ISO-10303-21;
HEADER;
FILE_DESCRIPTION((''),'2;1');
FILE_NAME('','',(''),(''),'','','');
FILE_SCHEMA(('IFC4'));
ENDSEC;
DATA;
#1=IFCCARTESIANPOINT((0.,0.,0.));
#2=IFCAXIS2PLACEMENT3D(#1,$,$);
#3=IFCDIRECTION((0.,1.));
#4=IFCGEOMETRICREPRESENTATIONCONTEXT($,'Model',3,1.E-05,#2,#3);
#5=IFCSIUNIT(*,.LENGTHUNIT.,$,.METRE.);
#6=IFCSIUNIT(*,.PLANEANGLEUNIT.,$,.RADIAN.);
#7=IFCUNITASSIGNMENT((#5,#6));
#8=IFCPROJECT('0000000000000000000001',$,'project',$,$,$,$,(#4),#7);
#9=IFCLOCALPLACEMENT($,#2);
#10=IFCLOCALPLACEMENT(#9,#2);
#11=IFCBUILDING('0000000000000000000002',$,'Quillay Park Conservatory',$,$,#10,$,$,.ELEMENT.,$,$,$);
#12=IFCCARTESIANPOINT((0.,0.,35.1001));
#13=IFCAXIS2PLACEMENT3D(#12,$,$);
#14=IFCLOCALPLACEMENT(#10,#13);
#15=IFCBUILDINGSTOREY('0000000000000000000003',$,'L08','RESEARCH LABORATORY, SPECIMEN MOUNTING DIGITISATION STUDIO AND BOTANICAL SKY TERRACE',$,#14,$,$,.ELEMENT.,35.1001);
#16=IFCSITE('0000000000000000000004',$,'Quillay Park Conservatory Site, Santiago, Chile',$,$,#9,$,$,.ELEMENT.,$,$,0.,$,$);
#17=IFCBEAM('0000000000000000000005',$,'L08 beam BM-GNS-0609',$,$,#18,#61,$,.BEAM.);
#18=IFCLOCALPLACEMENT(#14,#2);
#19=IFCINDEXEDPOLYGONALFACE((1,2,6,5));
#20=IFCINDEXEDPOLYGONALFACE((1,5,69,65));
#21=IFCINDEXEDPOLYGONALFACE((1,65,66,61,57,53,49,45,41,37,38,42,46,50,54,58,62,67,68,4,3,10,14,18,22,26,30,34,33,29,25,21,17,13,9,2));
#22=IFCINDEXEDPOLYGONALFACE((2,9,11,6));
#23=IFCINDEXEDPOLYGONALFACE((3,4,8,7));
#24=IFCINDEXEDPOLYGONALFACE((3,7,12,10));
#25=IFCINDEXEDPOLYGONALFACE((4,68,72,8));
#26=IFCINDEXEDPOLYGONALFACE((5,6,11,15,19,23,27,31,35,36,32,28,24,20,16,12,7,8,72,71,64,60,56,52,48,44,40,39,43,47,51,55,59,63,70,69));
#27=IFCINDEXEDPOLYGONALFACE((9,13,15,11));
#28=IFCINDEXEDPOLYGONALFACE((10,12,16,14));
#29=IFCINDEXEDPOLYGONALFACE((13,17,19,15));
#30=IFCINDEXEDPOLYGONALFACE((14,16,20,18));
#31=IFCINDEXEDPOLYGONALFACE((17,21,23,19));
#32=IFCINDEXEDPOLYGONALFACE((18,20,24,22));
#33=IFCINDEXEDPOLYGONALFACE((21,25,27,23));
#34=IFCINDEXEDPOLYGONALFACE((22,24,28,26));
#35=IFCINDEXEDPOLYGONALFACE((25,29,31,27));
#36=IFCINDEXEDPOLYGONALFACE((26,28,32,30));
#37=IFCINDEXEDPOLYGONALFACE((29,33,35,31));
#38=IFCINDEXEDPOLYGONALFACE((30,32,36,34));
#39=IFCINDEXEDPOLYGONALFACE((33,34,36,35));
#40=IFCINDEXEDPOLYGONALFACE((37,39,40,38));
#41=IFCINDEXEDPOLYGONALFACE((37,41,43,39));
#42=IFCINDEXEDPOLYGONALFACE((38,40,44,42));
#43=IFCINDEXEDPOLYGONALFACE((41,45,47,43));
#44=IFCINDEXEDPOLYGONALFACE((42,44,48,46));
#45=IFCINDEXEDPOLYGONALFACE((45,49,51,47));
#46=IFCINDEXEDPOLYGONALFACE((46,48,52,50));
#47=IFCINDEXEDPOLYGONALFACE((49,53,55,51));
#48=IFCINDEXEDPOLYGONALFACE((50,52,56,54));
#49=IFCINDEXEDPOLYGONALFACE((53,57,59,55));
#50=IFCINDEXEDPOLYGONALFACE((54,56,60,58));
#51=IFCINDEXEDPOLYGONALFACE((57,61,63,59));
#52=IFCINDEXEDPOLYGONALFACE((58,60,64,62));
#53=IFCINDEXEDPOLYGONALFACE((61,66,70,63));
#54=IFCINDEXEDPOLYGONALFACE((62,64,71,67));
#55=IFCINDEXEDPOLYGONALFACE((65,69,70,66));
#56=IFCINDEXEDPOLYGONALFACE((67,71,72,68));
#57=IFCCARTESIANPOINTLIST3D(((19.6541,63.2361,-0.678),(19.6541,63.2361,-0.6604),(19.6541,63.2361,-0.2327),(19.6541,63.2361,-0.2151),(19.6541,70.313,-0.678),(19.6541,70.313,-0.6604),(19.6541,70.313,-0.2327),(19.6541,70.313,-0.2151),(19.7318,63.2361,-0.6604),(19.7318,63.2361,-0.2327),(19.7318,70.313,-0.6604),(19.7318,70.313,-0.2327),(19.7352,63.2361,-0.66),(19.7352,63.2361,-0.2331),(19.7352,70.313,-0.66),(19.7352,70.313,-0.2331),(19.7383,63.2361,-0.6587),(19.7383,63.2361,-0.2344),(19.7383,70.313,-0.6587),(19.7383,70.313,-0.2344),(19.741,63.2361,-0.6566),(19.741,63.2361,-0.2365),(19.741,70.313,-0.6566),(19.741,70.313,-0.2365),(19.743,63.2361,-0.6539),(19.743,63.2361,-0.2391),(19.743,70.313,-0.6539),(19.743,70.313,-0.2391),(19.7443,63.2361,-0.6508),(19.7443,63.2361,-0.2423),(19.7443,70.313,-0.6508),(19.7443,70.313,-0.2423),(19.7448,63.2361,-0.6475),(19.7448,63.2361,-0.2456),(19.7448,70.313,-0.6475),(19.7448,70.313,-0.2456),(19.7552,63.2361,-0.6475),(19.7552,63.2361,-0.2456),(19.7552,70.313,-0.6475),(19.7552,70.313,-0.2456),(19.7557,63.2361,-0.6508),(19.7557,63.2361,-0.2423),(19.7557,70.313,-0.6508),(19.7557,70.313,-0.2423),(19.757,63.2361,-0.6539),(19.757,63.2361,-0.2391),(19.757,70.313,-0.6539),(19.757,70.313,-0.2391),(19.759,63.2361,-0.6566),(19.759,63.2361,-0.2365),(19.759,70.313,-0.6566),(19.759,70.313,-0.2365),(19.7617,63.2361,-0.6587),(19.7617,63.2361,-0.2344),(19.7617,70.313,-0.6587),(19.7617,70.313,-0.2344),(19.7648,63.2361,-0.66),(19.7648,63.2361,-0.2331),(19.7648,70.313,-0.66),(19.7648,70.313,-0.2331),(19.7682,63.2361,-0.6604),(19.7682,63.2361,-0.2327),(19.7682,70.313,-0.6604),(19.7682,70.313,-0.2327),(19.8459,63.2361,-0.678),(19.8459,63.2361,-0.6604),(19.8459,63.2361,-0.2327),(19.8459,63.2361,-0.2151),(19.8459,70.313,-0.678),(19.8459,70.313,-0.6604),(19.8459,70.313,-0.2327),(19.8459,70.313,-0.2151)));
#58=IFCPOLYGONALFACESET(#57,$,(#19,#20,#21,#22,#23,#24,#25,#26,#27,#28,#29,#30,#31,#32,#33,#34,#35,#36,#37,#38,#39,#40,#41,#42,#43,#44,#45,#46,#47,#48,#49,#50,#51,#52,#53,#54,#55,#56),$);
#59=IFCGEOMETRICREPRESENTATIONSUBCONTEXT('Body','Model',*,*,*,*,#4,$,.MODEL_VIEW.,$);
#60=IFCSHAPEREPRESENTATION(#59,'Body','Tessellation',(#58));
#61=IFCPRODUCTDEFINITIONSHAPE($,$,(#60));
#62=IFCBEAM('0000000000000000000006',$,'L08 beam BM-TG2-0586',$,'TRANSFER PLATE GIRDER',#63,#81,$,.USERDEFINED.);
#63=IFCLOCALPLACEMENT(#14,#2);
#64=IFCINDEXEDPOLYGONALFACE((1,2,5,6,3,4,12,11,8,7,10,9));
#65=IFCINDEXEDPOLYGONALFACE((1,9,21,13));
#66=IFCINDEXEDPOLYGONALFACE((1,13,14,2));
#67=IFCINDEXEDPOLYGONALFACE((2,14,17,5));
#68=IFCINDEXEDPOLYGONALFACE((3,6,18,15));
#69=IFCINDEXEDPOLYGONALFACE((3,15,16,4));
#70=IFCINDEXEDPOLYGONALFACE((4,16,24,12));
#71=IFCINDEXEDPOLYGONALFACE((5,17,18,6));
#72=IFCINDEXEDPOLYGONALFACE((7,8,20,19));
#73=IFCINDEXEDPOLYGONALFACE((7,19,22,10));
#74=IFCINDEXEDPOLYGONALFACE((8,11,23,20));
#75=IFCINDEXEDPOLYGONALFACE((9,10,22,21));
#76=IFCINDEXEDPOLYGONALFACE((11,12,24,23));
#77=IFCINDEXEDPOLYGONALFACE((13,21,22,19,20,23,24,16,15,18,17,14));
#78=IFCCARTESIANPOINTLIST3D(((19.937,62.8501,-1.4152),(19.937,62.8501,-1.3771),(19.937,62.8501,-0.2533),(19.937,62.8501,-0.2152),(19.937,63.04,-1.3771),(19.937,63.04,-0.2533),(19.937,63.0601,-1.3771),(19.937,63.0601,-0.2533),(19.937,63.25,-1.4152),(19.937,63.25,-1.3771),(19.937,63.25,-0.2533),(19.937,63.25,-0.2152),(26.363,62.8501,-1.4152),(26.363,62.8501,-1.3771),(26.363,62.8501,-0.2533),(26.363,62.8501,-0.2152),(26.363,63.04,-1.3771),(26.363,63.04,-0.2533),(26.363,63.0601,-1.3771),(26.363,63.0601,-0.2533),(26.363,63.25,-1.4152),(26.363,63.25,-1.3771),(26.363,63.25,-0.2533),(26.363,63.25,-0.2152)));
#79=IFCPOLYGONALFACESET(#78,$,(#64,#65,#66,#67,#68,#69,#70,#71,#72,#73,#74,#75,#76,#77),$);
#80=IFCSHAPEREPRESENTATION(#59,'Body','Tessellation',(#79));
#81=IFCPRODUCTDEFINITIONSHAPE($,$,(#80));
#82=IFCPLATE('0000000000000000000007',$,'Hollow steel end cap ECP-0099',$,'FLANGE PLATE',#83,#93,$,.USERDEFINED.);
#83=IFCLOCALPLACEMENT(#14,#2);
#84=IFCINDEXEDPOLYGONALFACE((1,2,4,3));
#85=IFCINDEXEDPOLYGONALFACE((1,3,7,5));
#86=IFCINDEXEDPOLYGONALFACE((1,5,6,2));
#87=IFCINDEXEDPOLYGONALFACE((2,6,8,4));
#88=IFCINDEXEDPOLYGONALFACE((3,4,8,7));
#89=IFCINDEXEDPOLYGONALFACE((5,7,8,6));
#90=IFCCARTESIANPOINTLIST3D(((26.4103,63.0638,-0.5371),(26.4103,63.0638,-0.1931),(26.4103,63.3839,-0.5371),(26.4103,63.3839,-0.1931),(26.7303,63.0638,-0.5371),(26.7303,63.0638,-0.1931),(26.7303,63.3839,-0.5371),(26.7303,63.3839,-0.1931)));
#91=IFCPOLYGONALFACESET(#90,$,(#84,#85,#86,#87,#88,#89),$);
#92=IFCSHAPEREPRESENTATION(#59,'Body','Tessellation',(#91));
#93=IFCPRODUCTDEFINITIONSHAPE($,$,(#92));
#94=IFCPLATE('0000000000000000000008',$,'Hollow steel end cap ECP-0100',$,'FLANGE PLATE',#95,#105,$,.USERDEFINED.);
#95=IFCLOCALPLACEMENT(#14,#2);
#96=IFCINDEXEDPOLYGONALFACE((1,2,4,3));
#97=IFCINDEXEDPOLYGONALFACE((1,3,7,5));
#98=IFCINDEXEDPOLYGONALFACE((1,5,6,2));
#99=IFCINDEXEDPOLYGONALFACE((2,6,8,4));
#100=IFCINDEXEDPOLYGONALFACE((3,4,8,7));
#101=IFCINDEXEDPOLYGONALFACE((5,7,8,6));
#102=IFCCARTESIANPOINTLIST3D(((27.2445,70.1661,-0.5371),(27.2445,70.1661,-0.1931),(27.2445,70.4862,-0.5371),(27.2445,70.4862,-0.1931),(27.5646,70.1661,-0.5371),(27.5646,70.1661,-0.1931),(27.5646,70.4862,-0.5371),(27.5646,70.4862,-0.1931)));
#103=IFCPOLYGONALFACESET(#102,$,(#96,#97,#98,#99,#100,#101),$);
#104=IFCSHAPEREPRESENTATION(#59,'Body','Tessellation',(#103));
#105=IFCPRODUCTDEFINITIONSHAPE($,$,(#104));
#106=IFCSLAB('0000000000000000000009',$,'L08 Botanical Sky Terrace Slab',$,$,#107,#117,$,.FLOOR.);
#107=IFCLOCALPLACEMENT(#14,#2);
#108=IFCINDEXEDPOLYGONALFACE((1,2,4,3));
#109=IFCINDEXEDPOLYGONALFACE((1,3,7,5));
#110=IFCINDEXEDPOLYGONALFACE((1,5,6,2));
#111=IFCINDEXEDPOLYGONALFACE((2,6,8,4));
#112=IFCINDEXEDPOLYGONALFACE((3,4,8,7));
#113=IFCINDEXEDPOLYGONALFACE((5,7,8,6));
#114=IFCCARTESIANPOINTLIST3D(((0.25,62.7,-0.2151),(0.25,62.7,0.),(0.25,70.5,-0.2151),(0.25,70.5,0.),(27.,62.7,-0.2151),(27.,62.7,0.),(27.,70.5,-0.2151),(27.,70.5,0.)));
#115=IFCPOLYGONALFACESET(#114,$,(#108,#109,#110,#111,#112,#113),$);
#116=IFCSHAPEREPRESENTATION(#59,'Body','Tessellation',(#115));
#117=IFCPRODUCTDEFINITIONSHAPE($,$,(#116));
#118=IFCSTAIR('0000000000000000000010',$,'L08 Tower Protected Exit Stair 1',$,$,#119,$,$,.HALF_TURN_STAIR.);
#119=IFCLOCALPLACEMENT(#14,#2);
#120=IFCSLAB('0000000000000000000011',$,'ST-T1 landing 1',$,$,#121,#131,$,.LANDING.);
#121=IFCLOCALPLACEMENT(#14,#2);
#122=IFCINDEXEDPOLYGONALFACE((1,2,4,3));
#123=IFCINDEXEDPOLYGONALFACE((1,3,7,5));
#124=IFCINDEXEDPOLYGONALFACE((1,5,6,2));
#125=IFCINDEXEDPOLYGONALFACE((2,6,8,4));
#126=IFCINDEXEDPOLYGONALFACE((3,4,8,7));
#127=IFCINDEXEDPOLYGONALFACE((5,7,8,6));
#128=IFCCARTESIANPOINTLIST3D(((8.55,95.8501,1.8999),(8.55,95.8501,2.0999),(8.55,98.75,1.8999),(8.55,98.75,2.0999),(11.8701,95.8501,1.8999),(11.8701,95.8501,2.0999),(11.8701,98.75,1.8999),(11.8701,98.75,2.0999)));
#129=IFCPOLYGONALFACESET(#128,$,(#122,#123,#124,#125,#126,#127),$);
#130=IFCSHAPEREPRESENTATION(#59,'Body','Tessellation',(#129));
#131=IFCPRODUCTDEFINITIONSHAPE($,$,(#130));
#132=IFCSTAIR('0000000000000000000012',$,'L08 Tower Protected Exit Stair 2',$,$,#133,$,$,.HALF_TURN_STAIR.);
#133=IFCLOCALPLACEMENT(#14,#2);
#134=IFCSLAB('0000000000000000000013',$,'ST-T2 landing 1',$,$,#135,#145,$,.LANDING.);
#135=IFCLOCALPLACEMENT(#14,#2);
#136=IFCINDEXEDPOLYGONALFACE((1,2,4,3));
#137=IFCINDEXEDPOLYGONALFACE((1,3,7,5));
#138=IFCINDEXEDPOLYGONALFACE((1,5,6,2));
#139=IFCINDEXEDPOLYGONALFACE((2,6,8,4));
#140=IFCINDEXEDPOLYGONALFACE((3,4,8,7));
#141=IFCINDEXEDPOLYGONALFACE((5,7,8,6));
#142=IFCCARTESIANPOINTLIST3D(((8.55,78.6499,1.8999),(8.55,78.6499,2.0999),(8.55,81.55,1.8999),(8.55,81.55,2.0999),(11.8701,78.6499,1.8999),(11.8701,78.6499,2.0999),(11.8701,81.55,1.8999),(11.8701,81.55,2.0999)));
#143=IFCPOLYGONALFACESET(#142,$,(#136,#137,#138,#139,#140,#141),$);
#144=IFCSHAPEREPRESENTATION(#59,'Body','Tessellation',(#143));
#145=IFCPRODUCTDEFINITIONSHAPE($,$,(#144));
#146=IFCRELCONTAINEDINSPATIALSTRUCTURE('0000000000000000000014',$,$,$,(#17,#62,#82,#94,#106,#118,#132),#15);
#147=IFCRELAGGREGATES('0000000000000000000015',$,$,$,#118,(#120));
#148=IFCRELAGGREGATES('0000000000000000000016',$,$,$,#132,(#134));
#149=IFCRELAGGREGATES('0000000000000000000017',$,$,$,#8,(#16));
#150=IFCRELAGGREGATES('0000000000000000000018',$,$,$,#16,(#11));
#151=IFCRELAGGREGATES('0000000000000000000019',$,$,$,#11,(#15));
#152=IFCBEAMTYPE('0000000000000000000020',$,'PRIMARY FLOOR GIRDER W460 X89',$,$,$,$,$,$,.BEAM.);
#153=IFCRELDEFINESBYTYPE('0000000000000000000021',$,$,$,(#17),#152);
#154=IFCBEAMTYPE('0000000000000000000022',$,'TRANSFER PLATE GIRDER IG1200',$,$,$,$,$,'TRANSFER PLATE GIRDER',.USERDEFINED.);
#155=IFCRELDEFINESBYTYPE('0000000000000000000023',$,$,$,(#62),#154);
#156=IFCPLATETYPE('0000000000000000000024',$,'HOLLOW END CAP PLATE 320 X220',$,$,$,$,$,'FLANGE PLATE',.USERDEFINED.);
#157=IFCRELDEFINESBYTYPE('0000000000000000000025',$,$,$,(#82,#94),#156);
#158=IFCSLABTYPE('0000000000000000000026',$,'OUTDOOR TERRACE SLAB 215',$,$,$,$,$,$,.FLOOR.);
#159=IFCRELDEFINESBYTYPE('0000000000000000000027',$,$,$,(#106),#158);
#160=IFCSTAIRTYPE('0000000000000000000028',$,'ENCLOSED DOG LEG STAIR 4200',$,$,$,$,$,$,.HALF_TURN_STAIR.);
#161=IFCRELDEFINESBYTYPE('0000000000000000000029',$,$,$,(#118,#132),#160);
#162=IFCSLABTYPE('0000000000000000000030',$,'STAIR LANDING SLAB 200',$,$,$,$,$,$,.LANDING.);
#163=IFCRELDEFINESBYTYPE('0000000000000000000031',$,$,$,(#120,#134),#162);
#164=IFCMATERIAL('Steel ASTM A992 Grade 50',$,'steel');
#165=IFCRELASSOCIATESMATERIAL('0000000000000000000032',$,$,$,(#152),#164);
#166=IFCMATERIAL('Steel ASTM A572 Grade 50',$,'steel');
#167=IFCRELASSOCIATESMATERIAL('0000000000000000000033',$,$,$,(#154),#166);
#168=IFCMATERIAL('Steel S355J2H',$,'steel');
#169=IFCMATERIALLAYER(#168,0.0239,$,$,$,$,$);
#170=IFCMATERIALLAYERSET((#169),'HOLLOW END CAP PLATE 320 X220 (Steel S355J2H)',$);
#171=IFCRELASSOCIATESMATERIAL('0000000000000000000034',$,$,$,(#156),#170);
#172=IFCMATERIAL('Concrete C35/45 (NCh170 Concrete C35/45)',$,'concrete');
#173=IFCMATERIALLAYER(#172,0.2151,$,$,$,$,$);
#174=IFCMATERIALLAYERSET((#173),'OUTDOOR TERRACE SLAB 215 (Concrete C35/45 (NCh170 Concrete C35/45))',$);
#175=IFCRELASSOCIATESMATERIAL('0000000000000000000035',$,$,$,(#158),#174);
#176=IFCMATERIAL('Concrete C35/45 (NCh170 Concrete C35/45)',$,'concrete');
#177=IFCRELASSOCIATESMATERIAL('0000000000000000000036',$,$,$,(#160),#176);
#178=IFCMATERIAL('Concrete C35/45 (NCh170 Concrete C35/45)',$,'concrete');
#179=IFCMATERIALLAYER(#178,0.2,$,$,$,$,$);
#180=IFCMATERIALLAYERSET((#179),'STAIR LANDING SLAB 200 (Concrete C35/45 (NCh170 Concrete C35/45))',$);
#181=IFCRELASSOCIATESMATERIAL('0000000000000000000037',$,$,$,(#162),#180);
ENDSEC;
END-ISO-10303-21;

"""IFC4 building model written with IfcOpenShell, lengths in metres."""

from ifc_helpers import new_model, si_unit, direction, frame, origin, origin_2d, place, context, subcontext, project, spatial, polyline, rectangle, i_section, outline, extrude, material, layer, layer_set, material_profile, profile_set, type_object, element, aggregate, save


model = new_model("IFC4")

# Units and contexts
model_context = context("Model", 3, precision=1e-05, world=origin(), true_north=direction((0.0, 1.0)))
body_context = subcontext(model_context, "Body", "Model", "MODEL_VIEW")
ifc_project = project(units=[si_unit("LENGTHUNIT", "METRE"), si_unit("PLANEANGLEUNIT", "RADIAN")], contexts=[model_context])

# Site, building, storey
site_placement = place(None, origin())
site = spatial("IfcSite", under=ifc_project, at=site_placement, Name="Quillay Park Conservatory Site, Santiago, Chile", CompositionType="ELEMENT", RefElevation=0.0)
building_placement = place(site_placement, origin())
building = spatial("IfcBuilding", under=site, at=building_placement, Name="Quillay Park Conservatory", CompositionType="ELEMENT")
storey_placement = place(building_placement, frame((0.0, 0.0, 35.1001)))
storey = spatial("IfcBuildingStorey", under=building, at=storey_placement, Name="L08", Description="RESEARCH LABORATORY, SPECIMEN MOUNTING DIGITISATION STUDIO AND BOTANICAL SKY TERRACE", CompositionType="ELEMENT", Elevation=35.1001)

# Beams
ifc_material_1 = material(Name="Steel ASTM A992 Grade 50", Category="steel")
ifc_material_profile_1 = material_profile(ifc_material_1, i_section(OverallWidth=0.1919, OverallDepth=0.4629, WebThickness=0.0105, FlangeThickness=0.0176, FilletRadius=0.0129, at=origin_2d()), Name="W460x89")
ifc_profile_set_1 = profile_set([ifc_material_profile_1], Name="Steel ASTM A992 Grade 50")
beam_type_1 = type_object("IfcBeamType", Name="PRIMARY FLOOR GIRDER W460 X89", PredefinedType="BEAM", material=ifc_profile_set_1)
for number, where, z_axis, x_axis, name in (
    (1, (19.75, 63.2361, -0.4465), (0.0, 1.0, 0.0), (-1.0, 0.0, 0.0), "L08 beam BM-GNS-0609"),
):
    element("IfcBeam", number, at=place(storey_placement, frame(where, z_axis=z_axis, x_axis=x_axis)), inside=storey, type_object=beam_type_1, Name=name, PredefinedType="BEAM", context=body_context, shape_type="SweptSolid", body=[
        extrude(i_section(OverallWidth=0.1919, OverallDepth=0.4629, WebThickness=0.0105, FlangeThickness=0.0176, FilletRadius=0.0129, at=origin_2d()), origin(), (0.0, 0.0, 1.0), 7.0769),
    ])
ifc_material_2 = material(Name="Steel ASTM A572 Grade 50", Category="steel")
ifc_material_profile_2 = material_profile(ifc_material_2, i_section(OverallWidth=0.3999, OverallDepth=1.2, WebThickness=0.02, FlangeThickness=0.0381, at=origin_2d()), Name="IG1200x400")
ifc_profile_set_2 = profile_set([ifc_material_profile_2], Name="Steel ASTM A572 Grade 50")
beam_type_2 = type_object("IfcBeamType", Name="TRANSFER PLATE GIRDER IG1200", ElementType="TRANSFER PLATE GIRDER", PredefinedType="USERDEFINED", material=ifc_profile_set_2)
beam_1_placement = place(storey_placement, frame((19.937, 63.05, -0.8152), z_axis=(1.0, 0.0, 0.0), x_axis=(0.0, 1.0, 0.0)))
element("IfcBeam", 2, at=beam_1_placement, inside=storey, type_object=beam_type_2, Name="L08 beam BM-TG2-0586", ObjectType="TRANSFER PLATE GIRDER", PredefinedType="USERDEFINED", context=body_context, shape_type="SweptSolid", body=[
    extrude(i_section(OverallWidth=0.3999, OverallDepth=1.2, WebThickness=0.02, FlangeThickness=0.0381, at=origin_2d()), origin(), (0.0, 0.0, 1.0), 6.426),
])

# Plates
ifc_material_3 = material(Name="Steel S355J2H", Category="steel")
ifc_layer_1 = layer(ifc_material_3, 0.0239)
ifc_layer_set_1 = layer_set([ifc_layer_1], Name="HOLLOW END CAP PLATE 320 X220 (Steel S355J2H)")
plate_type = type_object("IfcPlateType", Name="HOLLOW END CAP PLATE 320 X220", ElementType="FLANGE PLATE", PredefinedType="USERDEFINED", material=ifc_layer_set_1)
for number, where, z_axis, x_axis, name in (
    (3, (26.5703, 63.2239, -0.5371), (0.0, 0.0, 1.0), (1.0, 0.0, 0.0), "Hollow steel end cap ECP-0099"),
    (4, (27.4045, 70.3262, -0.5371), (0.0, 0.0, 1.0), (1.0, 0.0, 0.0), "Hollow steel end cap ECP-0100"),
):
    element("IfcPlate", number, at=place(storey_placement, frame(where, z_axis=z_axis, x_axis=x_axis)), inside=storey, type_object=plate_type, Name=name, ObjectType="FLANGE PLATE", PredefinedType="USERDEFINED", context=body_context, shape_type="SweptSolid", body=[
        extrude(rectangle(XDim=0.3201, YDim=0.3201, at=origin_2d()), origin(), (0.0, 0.0, 1.0), 0.344),
    ])

# Slab
ifc_material_4 = material(Name="Concrete C35/45 (NCh170 Concrete C35/45)", Category="concrete")
ifc_layer_2 = layer(ifc_material_4, 0.2151)
ifc_layer_set_2 = layer_set([ifc_layer_2], Name="OUTDOOR TERRACE SLAB 215 (Concrete C35/45 (NCh170 Concrete C35/45))")
slab_type_1 = type_object("IfcSlabType", Name="OUTDOOR TERRACE SLAB 215", PredefinedType="FLOOR", material=ifc_layer_set_2)
slab_1_placement = place(storey_placement, frame((0.0, 0.0, -0.2151)))
element("IfcSlab", 5, at=slab_1_placement, inside=storey, type_object=slab_type_1, Name="L08 Botanical Sky Terrace Slab", PredefinedType="FLOOR", context=body_context, shape_type="SweptSolid", body=[
    extrude(outline(polyline([(0.25, 62.7), (27.0, 62.7), (27.0, 70.5), (0.25, 70.5), (0.25, 62.7)])), origin(), (0.0, 0.0, 1.0), 0.2151),
])

# Stairs, slabs
ifc_material_5 = material(Name="Concrete C35/45 (NCh170 Concrete C35/45)", Category="concrete")
stair_type = type_object("IfcStairType", Name="ENCLOSED DOG LEG STAIR 4200", PredefinedType="HALF_TURN_STAIR", material=ifc_material_5)
stair_1_placement = place(storey_placement, origin())
stair_1 = element("IfcStair", 6, at=stair_1_placement, inside=storey, type_object=stair_type, Name="L08 Tower Protected Exit Stair 1", PredefinedType="HALF_TURN_STAIR")
ifc_material_6 = material(Name="Concrete C35/45 (NCh170 Concrete C35/45)", Category="concrete")
ifc_layer_3 = layer(ifc_material_6, 0.2)
ifc_layer_set_3 = layer_set([ifc_layer_3], Name="STAIR LANDING SLAB 200 (Concrete C35/45 (NCh170 Concrete C35/45))")
slab_type_2 = type_object("IfcSlabType", Name="STAIR LANDING SLAB 200", PredefinedType="LANDING", material=ifc_layer_set_3)
slab_2_placement = place(storey_placement, frame((0.0, 0.0, 1.8999)))
slab_2 = element("IfcSlab", 7, at=slab_2_placement, type_object=slab_type_2, Name="ST-T1 landing 1", PredefinedType="LANDING", context=body_context, shape_type="SweptSolid", body=[
    extrude(outline(polyline([(11.8701, 95.8501), (11.8701, 98.75), (8.55, 98.75), (8.55, 95.8501), (11.8701, 95.8501)])), origin(), (0.0, 0.0, 1.0), 0.2),
])
aggregate(stair_1, [slab_2])
stair_2_placement = place(storey_placement, origin())
stair_2 = element("IfcStair", 8, at=stair_2_placement, inside=storey, type_object=stair_type, Name="L08 Tower Protected Exit Stair 2", PredefinedType="HALF_TURN_STAIR")
slab_3_placement = place(storey_placement, frame((0.0, 0.0, 1.8999)))
slab_3 = element("IfcSlab", 9, at=slab_3_placement, type_object=slab_type_2, Name="ST-T2 landing 1", PredefinedType="LANDING", context=body_context, shape_type="SweptSolid", body=[
    extrude(outline(polyline([(8.55, 81.55), (8.55, 78.6499), (11.8701, 78.6499), (11.8701, 81.55), (8.55, 81.55)])), origin(), (0.0, 0.0, 1.0), 0.2),
])
aggregate(stair_2, [slab_3])

save(model, "model.ifc")
